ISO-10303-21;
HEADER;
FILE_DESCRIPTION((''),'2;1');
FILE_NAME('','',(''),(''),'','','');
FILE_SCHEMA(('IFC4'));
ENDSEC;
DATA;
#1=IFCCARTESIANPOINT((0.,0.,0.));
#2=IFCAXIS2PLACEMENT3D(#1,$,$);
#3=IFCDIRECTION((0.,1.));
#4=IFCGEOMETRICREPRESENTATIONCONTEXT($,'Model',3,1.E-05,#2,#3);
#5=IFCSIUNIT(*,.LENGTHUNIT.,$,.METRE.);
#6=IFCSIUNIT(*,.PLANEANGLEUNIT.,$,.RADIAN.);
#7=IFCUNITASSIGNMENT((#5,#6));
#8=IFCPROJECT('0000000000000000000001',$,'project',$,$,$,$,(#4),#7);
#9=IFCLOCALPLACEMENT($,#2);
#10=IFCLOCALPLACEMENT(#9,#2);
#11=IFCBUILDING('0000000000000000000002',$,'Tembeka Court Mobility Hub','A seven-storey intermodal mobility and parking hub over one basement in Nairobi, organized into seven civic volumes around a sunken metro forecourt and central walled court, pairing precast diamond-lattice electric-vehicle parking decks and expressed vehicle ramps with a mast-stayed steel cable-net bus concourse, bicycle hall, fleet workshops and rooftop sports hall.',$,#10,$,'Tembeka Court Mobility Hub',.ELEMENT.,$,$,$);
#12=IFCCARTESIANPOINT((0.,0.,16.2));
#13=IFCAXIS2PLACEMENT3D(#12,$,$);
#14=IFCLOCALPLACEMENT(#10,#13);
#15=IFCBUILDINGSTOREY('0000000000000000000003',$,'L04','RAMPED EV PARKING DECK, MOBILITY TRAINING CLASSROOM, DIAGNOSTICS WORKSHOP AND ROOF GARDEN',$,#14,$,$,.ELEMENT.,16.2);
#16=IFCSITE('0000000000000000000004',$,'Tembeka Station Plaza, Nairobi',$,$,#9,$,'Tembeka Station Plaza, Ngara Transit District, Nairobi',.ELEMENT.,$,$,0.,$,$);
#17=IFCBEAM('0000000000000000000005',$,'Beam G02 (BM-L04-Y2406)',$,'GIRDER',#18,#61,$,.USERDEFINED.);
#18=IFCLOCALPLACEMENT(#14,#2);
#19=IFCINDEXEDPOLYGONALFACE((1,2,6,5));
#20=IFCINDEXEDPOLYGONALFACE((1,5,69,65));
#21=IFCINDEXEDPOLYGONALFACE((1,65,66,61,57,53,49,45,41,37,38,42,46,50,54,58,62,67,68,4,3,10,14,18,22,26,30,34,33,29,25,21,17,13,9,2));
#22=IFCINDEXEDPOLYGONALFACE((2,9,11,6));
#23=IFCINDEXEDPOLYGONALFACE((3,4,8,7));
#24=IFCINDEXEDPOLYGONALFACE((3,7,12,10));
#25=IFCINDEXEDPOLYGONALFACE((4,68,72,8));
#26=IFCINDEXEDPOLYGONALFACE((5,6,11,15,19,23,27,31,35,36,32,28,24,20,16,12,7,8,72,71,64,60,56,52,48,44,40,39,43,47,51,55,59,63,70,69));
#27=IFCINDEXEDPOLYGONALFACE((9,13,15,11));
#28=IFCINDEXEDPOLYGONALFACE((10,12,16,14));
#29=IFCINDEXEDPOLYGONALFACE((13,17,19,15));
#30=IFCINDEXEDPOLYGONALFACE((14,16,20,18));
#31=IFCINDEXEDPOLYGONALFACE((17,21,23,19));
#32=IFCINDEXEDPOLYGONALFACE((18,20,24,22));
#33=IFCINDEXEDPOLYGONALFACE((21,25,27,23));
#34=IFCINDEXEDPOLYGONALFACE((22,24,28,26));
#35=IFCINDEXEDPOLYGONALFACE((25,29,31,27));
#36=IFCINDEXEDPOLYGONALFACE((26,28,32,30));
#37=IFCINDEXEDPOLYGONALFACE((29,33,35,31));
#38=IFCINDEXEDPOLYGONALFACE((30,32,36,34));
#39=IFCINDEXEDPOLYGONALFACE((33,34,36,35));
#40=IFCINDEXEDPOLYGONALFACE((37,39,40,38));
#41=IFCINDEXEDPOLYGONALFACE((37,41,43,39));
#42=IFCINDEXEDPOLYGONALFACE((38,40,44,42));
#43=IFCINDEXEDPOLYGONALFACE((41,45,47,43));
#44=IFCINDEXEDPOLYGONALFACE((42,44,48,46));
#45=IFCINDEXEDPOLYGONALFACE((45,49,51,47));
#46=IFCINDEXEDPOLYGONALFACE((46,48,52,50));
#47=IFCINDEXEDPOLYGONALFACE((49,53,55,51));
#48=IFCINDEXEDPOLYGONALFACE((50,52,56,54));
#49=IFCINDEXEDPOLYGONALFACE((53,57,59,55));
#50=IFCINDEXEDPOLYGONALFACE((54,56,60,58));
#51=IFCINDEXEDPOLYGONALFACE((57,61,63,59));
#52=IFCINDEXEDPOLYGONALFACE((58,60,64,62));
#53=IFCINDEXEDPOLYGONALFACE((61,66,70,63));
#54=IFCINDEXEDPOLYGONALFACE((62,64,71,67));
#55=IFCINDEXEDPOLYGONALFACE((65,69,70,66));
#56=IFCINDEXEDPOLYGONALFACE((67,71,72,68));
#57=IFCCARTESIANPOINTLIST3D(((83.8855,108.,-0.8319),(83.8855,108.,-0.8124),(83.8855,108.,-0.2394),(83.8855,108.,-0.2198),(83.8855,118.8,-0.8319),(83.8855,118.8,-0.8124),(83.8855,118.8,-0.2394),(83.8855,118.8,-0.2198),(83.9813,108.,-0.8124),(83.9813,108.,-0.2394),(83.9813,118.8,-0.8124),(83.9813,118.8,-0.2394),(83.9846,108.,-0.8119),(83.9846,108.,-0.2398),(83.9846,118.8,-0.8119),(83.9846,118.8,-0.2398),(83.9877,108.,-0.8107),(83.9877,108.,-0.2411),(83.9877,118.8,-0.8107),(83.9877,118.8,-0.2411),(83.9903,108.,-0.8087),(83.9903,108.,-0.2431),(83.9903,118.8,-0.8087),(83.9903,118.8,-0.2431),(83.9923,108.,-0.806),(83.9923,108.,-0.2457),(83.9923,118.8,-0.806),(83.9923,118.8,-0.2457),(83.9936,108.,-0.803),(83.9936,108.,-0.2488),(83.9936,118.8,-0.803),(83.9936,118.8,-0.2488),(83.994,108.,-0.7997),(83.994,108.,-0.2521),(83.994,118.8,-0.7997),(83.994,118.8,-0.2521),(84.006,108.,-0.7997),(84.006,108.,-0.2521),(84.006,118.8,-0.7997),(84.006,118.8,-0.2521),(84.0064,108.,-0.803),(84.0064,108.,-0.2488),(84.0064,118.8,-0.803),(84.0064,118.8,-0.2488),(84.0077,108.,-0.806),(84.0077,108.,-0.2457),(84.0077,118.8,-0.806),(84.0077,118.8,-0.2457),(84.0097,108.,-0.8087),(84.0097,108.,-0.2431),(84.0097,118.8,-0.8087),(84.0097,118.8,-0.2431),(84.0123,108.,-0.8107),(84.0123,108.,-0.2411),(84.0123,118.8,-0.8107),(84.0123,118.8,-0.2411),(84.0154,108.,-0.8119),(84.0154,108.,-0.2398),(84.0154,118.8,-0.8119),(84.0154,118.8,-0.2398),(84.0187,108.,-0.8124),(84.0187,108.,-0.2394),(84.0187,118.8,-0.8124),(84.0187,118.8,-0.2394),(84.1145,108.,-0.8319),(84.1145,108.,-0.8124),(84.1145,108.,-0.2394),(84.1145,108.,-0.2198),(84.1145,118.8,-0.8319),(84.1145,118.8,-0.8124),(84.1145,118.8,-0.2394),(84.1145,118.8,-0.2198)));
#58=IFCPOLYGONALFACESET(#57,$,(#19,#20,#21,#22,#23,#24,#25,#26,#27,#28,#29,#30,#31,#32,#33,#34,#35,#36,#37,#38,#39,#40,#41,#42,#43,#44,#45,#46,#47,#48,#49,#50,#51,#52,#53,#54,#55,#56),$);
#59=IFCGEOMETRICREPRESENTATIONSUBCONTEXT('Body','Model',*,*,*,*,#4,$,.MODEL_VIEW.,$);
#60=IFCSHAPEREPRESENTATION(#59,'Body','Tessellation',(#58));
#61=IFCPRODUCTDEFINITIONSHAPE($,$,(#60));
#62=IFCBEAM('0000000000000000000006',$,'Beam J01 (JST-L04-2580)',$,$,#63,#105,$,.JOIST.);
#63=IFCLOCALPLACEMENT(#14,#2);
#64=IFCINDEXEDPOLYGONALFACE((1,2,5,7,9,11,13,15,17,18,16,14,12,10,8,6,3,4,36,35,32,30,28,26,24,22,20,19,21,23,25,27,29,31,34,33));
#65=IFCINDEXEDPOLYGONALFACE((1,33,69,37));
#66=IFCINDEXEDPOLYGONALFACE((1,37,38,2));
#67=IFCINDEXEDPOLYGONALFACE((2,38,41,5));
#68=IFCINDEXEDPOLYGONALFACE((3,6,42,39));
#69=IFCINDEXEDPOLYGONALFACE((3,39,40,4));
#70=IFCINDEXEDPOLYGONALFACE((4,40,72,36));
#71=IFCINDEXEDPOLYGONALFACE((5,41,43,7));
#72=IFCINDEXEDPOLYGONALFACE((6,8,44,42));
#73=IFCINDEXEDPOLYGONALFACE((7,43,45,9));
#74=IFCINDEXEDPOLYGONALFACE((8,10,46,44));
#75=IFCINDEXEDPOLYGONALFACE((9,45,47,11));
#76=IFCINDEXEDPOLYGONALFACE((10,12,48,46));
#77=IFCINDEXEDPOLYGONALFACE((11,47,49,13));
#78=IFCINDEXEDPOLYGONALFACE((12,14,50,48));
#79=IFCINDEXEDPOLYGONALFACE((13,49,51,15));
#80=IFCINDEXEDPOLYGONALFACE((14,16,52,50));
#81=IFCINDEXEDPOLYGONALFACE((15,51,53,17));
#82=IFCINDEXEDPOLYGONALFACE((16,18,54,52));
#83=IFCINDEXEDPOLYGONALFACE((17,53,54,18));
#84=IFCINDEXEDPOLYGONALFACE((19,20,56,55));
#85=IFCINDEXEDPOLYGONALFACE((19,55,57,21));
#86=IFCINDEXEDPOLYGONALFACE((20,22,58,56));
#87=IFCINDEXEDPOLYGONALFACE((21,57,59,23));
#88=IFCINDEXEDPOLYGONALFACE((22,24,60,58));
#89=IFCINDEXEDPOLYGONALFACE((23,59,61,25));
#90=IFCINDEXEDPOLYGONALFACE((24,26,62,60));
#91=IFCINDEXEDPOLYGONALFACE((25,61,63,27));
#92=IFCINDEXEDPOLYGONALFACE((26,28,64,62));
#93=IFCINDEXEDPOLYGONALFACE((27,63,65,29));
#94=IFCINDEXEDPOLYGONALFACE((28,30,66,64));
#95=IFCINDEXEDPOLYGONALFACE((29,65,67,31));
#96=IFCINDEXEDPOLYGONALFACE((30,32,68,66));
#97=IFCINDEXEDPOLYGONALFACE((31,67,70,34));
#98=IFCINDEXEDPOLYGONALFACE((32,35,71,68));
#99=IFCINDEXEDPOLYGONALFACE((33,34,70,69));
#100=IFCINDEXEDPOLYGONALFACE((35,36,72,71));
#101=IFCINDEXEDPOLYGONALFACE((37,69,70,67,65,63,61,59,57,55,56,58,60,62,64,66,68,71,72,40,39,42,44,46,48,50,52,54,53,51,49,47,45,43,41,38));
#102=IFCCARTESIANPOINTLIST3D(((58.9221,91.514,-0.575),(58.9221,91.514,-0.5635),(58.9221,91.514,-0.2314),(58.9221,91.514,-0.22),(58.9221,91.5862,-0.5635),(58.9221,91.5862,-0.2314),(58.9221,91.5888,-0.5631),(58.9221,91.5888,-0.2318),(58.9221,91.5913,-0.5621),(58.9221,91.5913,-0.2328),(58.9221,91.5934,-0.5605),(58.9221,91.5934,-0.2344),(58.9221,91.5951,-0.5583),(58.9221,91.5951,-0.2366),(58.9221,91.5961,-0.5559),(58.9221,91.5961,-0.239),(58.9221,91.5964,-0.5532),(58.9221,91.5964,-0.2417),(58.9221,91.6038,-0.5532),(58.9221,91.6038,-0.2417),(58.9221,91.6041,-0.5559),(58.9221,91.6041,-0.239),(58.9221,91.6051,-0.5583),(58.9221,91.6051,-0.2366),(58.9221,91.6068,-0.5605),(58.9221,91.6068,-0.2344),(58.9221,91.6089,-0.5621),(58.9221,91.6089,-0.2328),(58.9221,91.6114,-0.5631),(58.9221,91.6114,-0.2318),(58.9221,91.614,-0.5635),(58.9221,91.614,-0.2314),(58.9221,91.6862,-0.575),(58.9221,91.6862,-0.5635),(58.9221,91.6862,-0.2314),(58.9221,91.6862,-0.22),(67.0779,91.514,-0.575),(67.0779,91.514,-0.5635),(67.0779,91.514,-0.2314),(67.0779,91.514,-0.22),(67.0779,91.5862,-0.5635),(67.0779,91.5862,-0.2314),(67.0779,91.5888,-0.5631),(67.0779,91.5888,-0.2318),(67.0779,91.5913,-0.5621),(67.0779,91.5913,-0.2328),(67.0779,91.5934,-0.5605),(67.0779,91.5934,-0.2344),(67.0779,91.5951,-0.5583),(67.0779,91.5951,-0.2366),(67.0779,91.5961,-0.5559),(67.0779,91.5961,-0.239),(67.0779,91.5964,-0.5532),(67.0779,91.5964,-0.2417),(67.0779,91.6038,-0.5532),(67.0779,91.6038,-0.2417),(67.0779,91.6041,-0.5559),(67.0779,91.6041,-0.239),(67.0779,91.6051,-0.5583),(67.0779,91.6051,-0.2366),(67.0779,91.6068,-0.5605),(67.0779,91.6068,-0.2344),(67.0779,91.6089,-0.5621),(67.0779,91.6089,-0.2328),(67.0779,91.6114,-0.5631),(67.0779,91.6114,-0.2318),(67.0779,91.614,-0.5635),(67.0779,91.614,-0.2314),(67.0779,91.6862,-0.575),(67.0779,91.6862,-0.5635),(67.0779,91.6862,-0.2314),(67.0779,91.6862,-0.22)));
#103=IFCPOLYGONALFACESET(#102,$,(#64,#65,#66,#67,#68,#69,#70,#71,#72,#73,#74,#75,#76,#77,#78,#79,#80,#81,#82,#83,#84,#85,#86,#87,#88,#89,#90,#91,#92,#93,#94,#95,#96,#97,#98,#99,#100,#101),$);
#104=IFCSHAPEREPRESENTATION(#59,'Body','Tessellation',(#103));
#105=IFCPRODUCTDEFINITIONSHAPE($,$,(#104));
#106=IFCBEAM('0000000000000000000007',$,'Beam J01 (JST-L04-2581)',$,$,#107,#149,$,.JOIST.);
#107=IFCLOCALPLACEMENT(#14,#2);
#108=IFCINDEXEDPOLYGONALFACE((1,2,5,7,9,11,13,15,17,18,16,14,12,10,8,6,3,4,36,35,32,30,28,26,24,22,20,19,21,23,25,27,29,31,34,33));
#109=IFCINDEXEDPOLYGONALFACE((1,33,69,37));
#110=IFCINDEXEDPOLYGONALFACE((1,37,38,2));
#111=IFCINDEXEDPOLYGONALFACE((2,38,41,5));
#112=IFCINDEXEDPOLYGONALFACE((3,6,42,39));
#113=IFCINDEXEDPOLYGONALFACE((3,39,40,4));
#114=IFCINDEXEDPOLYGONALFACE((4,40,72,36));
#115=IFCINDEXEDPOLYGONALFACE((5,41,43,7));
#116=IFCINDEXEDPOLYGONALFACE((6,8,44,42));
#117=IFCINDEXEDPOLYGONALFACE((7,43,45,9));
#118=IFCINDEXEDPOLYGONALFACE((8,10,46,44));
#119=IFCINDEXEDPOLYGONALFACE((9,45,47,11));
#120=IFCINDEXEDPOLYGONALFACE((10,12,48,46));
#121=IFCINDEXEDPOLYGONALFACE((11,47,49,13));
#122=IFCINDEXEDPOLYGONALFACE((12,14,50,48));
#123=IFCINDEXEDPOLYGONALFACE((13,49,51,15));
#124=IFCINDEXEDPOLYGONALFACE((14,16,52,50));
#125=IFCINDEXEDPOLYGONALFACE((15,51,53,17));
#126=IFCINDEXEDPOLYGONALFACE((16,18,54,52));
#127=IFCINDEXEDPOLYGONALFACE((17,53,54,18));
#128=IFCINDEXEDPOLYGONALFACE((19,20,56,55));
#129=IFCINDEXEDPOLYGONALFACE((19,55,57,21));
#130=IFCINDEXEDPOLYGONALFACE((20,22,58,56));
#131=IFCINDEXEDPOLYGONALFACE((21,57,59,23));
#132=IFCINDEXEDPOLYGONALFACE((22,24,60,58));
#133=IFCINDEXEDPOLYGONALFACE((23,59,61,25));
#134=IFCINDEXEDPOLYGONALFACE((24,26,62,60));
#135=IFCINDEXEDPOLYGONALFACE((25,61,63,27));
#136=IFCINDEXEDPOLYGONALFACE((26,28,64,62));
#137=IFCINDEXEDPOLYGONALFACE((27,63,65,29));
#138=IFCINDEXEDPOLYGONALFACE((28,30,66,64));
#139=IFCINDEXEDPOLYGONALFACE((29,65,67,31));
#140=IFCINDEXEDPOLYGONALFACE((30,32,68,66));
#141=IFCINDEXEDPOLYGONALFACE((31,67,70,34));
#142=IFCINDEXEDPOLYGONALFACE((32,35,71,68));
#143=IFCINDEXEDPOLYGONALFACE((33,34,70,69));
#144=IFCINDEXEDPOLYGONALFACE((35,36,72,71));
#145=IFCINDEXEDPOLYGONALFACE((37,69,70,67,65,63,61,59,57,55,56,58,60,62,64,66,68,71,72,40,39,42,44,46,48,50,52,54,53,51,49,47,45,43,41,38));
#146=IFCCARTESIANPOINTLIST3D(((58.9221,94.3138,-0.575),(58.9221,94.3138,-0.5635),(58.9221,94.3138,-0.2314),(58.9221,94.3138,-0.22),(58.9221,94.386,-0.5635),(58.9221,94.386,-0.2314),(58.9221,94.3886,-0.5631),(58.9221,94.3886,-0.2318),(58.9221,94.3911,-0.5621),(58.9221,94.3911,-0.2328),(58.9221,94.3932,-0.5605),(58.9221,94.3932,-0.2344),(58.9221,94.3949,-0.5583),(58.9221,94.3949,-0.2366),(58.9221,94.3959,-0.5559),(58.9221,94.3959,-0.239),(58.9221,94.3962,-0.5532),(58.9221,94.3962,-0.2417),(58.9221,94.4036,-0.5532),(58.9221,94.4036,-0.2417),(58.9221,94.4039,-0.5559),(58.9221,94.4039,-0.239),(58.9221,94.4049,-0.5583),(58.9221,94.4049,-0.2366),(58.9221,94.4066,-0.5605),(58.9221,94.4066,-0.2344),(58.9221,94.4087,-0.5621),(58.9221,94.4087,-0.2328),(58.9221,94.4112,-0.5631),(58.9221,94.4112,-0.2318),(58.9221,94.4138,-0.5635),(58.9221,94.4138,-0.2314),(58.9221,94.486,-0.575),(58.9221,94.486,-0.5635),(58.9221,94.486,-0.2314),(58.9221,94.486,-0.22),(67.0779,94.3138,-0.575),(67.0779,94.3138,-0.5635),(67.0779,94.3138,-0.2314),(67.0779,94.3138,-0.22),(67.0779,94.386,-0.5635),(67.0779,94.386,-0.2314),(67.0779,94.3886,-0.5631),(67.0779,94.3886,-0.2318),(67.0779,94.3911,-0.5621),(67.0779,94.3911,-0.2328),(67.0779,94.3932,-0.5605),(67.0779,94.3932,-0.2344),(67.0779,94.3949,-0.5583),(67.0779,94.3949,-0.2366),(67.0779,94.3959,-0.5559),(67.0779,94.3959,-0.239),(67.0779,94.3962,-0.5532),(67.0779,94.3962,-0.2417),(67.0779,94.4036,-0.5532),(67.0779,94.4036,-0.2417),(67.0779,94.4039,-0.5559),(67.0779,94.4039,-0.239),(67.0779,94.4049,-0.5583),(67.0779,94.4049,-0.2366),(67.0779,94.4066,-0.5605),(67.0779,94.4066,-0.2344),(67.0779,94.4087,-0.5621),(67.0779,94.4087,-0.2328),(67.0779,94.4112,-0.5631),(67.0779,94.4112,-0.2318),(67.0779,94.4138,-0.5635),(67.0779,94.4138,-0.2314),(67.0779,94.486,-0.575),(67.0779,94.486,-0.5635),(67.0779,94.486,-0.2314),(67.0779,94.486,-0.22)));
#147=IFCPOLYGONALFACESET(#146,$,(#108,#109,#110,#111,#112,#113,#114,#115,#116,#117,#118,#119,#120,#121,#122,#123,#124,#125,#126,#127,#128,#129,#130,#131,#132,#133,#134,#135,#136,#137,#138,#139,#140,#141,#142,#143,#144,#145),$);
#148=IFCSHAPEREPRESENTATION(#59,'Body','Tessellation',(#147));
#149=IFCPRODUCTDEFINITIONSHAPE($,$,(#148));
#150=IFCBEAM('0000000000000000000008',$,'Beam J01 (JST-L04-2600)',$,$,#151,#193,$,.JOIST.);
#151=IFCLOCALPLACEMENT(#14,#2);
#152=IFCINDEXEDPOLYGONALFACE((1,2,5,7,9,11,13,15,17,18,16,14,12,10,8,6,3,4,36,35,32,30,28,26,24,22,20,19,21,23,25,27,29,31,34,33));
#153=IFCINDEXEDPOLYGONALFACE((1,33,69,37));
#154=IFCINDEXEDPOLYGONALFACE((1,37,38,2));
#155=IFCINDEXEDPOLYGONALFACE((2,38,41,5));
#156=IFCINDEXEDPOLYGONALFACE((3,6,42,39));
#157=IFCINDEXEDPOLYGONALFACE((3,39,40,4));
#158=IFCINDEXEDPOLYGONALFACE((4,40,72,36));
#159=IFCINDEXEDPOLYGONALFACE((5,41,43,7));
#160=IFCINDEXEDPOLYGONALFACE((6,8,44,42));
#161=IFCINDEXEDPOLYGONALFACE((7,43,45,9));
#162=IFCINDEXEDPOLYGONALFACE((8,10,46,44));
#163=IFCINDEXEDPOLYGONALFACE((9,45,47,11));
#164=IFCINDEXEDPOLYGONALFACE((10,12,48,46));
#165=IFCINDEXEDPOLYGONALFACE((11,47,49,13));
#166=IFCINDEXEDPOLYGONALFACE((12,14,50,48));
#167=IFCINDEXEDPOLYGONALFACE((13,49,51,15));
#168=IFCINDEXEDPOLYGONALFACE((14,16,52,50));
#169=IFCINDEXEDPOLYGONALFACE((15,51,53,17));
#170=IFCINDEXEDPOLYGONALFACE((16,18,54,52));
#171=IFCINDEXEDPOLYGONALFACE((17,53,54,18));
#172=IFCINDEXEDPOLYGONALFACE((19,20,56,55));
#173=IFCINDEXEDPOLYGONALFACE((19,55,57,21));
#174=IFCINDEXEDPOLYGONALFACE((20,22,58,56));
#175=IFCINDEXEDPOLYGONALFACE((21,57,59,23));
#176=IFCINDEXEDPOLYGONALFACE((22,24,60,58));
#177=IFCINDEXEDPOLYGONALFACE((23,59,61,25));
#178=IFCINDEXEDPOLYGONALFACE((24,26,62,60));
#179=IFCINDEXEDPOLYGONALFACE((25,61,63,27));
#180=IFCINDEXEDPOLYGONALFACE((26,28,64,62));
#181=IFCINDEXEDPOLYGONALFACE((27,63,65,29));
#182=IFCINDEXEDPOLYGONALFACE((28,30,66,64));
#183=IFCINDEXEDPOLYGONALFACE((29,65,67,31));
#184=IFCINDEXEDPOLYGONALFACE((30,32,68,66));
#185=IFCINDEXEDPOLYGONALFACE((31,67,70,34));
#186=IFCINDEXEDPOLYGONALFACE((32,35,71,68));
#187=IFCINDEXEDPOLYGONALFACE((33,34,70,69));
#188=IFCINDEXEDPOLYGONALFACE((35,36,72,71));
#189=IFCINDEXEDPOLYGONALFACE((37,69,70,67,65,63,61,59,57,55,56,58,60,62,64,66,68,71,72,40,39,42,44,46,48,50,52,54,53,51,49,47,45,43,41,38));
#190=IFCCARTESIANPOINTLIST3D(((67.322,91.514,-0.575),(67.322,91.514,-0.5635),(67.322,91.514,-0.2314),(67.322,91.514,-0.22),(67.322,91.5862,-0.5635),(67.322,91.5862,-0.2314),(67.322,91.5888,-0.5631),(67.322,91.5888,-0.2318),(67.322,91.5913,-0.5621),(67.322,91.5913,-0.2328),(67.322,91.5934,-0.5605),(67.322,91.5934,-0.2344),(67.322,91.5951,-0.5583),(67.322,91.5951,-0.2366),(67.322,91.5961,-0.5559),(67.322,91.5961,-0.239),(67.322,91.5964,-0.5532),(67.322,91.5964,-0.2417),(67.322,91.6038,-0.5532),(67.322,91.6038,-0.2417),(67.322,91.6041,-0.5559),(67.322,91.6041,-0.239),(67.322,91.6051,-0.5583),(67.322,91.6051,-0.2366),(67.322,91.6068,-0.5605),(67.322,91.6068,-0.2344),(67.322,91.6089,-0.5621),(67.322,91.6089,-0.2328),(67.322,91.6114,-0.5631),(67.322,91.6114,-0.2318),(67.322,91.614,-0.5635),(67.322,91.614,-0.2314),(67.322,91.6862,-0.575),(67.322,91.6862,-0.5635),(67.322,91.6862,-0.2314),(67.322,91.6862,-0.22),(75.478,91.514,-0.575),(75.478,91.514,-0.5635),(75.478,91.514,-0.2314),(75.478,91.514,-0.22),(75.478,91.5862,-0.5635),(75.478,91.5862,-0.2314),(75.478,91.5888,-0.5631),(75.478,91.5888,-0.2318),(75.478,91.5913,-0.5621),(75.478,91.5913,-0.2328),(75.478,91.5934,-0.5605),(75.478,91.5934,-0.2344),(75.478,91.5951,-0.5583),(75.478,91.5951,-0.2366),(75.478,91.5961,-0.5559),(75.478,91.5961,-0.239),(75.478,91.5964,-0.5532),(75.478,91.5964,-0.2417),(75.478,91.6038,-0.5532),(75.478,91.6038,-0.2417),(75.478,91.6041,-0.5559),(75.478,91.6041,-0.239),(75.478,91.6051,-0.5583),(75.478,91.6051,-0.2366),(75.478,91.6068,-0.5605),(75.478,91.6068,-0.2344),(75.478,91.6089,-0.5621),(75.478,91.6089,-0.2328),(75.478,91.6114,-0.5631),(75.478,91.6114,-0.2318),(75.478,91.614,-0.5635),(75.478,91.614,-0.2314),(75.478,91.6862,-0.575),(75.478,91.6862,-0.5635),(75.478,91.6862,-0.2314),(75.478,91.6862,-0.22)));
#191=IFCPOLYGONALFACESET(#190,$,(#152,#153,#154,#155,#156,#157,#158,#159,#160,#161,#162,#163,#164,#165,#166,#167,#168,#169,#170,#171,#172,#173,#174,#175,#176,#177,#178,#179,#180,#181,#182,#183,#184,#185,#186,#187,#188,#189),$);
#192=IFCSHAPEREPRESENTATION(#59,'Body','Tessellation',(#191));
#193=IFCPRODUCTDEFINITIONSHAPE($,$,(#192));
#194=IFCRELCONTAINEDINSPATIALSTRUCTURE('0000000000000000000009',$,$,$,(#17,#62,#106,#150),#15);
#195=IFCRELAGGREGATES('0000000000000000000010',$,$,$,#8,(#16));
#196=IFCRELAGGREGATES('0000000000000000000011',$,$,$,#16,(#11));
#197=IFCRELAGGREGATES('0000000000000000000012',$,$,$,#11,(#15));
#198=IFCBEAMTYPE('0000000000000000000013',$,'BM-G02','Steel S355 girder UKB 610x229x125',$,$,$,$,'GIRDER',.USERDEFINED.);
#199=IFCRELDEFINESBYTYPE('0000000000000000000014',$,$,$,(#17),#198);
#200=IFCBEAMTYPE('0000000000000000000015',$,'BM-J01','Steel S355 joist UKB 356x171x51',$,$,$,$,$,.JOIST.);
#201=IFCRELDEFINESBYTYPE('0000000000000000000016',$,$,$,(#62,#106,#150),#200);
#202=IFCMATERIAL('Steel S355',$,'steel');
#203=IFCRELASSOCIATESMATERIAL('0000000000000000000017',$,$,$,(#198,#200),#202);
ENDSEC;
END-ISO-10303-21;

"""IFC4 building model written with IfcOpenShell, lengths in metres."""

from ifc_helpers import new_model, si_unit, direction, frame, origin, origin_2d, place, context, subcontext, project, spatial, i_section, extrude, material, material_profile, profile_set, type_object, element, save


model = new_model("IFC4")

# Units and contexts
model_context = context("Model", 3, precision=1e-05, world=origin(), true_north=direction((0.0, 1.0)))
body_context = subcontext(model_context, "Body", "Model", "MODEL_VIEW")
ifc_project = project(units=[si_unit("LENGTHUNIT", "METRE"), si_unit("PLANEANGLEUNIT", "RADIAN")], contexts=[model_context])

# Site, building, storey
site_placement = place(None, origin())
site = spatial("IfcSite", under=ifc_project, at=site_placement, Name="Tembeka Station Plaza, Nairobi", LongName="Tembeka Station Plaza, Ngara Transit District, Nairobi", CompositionType="ELEMENT", RefElevation=0.0)
building_placement = place(site_placement, origin())
building = spatial("IfcBuilding", under=site, at=building_placement, Name="Tembeka Court Mobility Hub", Description="A seven-storey intermodal mobility and parking hub over one basement in Nairobi, organized into seven civic volumes around a sunken metro forecourt and central walled court, pairing precast diamond-lattice electric-vehicle parking decks and expressed vehicle ramps with a mast-stayed steel cable-net bus concourse, bicycle hall, fleet workshops and rooftop sports hall.", LongName="Tembeka Court Mobility Hub", CompositionType="ELEMENT")
storey_placement = place(building_placement, frame((0.0, 0.0, 16.2)))
storey = spatial("IfcBuildingStorey", under=building, at=storey_placement, Name="L04", Description="RAMPED EV PARKING DECK, MOBILITY TRAINING CLASSROOM, DIAGNOSTICS WORKSHOP AND ROOF GARDEN", CompositionType="ELEMENT", Elevation=16.2)

# Shared definitions
ifc_material_1 = material(Name="Steel S355", Category="steel")

# Beams
ifc_material_profile_1 = material_profile(ifc_material_1, i_section(OverallWidth=0.229, OverallDepth=0.6121, WebThickness=0.012, FlangeThickness=0.0195, FilletRadius=0.0127, at=origin_2d()), Name="UKB 610x229x125")
ifc_profile_set_1 = profile_set([ifc_material_profile_1], Name="Steel S355")
beam_type_1 = type_object("IfcBeamType", Name="BM-G02", Description="Steel S355 girder UKB 610x229x125", ElementType="GIRDER", PredefinedType="USERDEFINED", material=ifc_profile_set_1)
for number, where, z_axis, x_axis, name in (
    (1, (84.0, 108.0, -0.5259), (0.0, 1.0, 0.0), (-1.0, 0.0, 0.0), "Beam G02 (BM-L04-Y2406)"),
):
    element("IfcBeam", number, at=place(storey_placement, frame(where, z_axis=z_axis, x_axis=x_axis)), inside=storey, type_object=beam_type_1, Name=name, ObjectType="GIRDER", PredefinedType="USERDEFINED", context=body_context, shape_type="SweptSolid", body=[
        extrude(i_section(OverallWidth=0.229, OverallDepth=0.6121, WebThickness=0.012, FlangeThickness=0.0195, FilletRadius=0.0127, at=origin_2d()), origin(), (0.0, 0.0, 1.0), 10.8),
    ])
ifc_material_profile_2 = material_profile(ifc_material_1, i_section(OverallWidth=0.1721, OverallDepth=0.355, WebThickness=0.0073, FlangeThickness=0.0115, FilletRadius=0.0103, at=origin_2d()), Name="UKB 356x171x51")
ifc_profile_set_2 = profile_set([ifc_material_profile_2], Name="Steel S355")
beam_type_2 = type_object("IfcBeamType", Name="BM-J01", Description="Steel S355 joist UKB 356x171x51", PredefinedType="JOIST", material=ifc_profile_set_2)
for number, where, z_axis, x_axis, name in (
    (2, (58.9221, 91.6001, -0.3975), (1.0, 0.0, 0.0), (0.0, 1.0, 0.0), "Beam J01 (JST-L04-2580)"),
    (3, (58.9221, 94.3999, -0.3975), (1.0, 0.0, 0.0), (0.0, 1.0, 0.0), "Beam J01 (JST-L04-2581)"),
):
    element("IfcBeam", number, at=place(storey_placement, frame(where, z_axis=z_axis, x_axis=x_axis)), inside=storey, type_object=beam_type_2, Name=name, PredefinedType="JOIST", context=body_context, shape_type="SweptSolid", body=[
        extrude(i_section(OverallWidth=0.1721, OverallDepth=0.355, WebThickness=0.0073, FlangeThickness=0.0115, FilletRadius=0.0103, at=origin_2d()), origin(), (0.0, 0.0, 1.0), 8.1558),
    ])
for number, where, z_axis, x_axis, name in (
    (4, (67.322, 91.6001, -0.3975), (1.0, 0.0, 0.0), (0.0, 1.0, 0.0), "Beam J01 (JST-L04-2600)"),
):
    element("IfcBeam", number, at=place(storey_placement, frame(where, z_axis=z_axis, x_axis=x_axis)), inside=storey, type_object=beam_type_2, Name=name, PredefinedType="JOIST", context=body_context, shape_type="SweptSolid", body=[
        extrude(i_section(OverallWidth=0.1721, OverallDepth=0.355, WebThickness=0.0073, FlangeThickness=0.0115, FilletRadius=0.0103, at=origin_2d()), origin(), (0.0, 0.0, 1.0), 8.156),
    ])

save(model, "model.ifc")
